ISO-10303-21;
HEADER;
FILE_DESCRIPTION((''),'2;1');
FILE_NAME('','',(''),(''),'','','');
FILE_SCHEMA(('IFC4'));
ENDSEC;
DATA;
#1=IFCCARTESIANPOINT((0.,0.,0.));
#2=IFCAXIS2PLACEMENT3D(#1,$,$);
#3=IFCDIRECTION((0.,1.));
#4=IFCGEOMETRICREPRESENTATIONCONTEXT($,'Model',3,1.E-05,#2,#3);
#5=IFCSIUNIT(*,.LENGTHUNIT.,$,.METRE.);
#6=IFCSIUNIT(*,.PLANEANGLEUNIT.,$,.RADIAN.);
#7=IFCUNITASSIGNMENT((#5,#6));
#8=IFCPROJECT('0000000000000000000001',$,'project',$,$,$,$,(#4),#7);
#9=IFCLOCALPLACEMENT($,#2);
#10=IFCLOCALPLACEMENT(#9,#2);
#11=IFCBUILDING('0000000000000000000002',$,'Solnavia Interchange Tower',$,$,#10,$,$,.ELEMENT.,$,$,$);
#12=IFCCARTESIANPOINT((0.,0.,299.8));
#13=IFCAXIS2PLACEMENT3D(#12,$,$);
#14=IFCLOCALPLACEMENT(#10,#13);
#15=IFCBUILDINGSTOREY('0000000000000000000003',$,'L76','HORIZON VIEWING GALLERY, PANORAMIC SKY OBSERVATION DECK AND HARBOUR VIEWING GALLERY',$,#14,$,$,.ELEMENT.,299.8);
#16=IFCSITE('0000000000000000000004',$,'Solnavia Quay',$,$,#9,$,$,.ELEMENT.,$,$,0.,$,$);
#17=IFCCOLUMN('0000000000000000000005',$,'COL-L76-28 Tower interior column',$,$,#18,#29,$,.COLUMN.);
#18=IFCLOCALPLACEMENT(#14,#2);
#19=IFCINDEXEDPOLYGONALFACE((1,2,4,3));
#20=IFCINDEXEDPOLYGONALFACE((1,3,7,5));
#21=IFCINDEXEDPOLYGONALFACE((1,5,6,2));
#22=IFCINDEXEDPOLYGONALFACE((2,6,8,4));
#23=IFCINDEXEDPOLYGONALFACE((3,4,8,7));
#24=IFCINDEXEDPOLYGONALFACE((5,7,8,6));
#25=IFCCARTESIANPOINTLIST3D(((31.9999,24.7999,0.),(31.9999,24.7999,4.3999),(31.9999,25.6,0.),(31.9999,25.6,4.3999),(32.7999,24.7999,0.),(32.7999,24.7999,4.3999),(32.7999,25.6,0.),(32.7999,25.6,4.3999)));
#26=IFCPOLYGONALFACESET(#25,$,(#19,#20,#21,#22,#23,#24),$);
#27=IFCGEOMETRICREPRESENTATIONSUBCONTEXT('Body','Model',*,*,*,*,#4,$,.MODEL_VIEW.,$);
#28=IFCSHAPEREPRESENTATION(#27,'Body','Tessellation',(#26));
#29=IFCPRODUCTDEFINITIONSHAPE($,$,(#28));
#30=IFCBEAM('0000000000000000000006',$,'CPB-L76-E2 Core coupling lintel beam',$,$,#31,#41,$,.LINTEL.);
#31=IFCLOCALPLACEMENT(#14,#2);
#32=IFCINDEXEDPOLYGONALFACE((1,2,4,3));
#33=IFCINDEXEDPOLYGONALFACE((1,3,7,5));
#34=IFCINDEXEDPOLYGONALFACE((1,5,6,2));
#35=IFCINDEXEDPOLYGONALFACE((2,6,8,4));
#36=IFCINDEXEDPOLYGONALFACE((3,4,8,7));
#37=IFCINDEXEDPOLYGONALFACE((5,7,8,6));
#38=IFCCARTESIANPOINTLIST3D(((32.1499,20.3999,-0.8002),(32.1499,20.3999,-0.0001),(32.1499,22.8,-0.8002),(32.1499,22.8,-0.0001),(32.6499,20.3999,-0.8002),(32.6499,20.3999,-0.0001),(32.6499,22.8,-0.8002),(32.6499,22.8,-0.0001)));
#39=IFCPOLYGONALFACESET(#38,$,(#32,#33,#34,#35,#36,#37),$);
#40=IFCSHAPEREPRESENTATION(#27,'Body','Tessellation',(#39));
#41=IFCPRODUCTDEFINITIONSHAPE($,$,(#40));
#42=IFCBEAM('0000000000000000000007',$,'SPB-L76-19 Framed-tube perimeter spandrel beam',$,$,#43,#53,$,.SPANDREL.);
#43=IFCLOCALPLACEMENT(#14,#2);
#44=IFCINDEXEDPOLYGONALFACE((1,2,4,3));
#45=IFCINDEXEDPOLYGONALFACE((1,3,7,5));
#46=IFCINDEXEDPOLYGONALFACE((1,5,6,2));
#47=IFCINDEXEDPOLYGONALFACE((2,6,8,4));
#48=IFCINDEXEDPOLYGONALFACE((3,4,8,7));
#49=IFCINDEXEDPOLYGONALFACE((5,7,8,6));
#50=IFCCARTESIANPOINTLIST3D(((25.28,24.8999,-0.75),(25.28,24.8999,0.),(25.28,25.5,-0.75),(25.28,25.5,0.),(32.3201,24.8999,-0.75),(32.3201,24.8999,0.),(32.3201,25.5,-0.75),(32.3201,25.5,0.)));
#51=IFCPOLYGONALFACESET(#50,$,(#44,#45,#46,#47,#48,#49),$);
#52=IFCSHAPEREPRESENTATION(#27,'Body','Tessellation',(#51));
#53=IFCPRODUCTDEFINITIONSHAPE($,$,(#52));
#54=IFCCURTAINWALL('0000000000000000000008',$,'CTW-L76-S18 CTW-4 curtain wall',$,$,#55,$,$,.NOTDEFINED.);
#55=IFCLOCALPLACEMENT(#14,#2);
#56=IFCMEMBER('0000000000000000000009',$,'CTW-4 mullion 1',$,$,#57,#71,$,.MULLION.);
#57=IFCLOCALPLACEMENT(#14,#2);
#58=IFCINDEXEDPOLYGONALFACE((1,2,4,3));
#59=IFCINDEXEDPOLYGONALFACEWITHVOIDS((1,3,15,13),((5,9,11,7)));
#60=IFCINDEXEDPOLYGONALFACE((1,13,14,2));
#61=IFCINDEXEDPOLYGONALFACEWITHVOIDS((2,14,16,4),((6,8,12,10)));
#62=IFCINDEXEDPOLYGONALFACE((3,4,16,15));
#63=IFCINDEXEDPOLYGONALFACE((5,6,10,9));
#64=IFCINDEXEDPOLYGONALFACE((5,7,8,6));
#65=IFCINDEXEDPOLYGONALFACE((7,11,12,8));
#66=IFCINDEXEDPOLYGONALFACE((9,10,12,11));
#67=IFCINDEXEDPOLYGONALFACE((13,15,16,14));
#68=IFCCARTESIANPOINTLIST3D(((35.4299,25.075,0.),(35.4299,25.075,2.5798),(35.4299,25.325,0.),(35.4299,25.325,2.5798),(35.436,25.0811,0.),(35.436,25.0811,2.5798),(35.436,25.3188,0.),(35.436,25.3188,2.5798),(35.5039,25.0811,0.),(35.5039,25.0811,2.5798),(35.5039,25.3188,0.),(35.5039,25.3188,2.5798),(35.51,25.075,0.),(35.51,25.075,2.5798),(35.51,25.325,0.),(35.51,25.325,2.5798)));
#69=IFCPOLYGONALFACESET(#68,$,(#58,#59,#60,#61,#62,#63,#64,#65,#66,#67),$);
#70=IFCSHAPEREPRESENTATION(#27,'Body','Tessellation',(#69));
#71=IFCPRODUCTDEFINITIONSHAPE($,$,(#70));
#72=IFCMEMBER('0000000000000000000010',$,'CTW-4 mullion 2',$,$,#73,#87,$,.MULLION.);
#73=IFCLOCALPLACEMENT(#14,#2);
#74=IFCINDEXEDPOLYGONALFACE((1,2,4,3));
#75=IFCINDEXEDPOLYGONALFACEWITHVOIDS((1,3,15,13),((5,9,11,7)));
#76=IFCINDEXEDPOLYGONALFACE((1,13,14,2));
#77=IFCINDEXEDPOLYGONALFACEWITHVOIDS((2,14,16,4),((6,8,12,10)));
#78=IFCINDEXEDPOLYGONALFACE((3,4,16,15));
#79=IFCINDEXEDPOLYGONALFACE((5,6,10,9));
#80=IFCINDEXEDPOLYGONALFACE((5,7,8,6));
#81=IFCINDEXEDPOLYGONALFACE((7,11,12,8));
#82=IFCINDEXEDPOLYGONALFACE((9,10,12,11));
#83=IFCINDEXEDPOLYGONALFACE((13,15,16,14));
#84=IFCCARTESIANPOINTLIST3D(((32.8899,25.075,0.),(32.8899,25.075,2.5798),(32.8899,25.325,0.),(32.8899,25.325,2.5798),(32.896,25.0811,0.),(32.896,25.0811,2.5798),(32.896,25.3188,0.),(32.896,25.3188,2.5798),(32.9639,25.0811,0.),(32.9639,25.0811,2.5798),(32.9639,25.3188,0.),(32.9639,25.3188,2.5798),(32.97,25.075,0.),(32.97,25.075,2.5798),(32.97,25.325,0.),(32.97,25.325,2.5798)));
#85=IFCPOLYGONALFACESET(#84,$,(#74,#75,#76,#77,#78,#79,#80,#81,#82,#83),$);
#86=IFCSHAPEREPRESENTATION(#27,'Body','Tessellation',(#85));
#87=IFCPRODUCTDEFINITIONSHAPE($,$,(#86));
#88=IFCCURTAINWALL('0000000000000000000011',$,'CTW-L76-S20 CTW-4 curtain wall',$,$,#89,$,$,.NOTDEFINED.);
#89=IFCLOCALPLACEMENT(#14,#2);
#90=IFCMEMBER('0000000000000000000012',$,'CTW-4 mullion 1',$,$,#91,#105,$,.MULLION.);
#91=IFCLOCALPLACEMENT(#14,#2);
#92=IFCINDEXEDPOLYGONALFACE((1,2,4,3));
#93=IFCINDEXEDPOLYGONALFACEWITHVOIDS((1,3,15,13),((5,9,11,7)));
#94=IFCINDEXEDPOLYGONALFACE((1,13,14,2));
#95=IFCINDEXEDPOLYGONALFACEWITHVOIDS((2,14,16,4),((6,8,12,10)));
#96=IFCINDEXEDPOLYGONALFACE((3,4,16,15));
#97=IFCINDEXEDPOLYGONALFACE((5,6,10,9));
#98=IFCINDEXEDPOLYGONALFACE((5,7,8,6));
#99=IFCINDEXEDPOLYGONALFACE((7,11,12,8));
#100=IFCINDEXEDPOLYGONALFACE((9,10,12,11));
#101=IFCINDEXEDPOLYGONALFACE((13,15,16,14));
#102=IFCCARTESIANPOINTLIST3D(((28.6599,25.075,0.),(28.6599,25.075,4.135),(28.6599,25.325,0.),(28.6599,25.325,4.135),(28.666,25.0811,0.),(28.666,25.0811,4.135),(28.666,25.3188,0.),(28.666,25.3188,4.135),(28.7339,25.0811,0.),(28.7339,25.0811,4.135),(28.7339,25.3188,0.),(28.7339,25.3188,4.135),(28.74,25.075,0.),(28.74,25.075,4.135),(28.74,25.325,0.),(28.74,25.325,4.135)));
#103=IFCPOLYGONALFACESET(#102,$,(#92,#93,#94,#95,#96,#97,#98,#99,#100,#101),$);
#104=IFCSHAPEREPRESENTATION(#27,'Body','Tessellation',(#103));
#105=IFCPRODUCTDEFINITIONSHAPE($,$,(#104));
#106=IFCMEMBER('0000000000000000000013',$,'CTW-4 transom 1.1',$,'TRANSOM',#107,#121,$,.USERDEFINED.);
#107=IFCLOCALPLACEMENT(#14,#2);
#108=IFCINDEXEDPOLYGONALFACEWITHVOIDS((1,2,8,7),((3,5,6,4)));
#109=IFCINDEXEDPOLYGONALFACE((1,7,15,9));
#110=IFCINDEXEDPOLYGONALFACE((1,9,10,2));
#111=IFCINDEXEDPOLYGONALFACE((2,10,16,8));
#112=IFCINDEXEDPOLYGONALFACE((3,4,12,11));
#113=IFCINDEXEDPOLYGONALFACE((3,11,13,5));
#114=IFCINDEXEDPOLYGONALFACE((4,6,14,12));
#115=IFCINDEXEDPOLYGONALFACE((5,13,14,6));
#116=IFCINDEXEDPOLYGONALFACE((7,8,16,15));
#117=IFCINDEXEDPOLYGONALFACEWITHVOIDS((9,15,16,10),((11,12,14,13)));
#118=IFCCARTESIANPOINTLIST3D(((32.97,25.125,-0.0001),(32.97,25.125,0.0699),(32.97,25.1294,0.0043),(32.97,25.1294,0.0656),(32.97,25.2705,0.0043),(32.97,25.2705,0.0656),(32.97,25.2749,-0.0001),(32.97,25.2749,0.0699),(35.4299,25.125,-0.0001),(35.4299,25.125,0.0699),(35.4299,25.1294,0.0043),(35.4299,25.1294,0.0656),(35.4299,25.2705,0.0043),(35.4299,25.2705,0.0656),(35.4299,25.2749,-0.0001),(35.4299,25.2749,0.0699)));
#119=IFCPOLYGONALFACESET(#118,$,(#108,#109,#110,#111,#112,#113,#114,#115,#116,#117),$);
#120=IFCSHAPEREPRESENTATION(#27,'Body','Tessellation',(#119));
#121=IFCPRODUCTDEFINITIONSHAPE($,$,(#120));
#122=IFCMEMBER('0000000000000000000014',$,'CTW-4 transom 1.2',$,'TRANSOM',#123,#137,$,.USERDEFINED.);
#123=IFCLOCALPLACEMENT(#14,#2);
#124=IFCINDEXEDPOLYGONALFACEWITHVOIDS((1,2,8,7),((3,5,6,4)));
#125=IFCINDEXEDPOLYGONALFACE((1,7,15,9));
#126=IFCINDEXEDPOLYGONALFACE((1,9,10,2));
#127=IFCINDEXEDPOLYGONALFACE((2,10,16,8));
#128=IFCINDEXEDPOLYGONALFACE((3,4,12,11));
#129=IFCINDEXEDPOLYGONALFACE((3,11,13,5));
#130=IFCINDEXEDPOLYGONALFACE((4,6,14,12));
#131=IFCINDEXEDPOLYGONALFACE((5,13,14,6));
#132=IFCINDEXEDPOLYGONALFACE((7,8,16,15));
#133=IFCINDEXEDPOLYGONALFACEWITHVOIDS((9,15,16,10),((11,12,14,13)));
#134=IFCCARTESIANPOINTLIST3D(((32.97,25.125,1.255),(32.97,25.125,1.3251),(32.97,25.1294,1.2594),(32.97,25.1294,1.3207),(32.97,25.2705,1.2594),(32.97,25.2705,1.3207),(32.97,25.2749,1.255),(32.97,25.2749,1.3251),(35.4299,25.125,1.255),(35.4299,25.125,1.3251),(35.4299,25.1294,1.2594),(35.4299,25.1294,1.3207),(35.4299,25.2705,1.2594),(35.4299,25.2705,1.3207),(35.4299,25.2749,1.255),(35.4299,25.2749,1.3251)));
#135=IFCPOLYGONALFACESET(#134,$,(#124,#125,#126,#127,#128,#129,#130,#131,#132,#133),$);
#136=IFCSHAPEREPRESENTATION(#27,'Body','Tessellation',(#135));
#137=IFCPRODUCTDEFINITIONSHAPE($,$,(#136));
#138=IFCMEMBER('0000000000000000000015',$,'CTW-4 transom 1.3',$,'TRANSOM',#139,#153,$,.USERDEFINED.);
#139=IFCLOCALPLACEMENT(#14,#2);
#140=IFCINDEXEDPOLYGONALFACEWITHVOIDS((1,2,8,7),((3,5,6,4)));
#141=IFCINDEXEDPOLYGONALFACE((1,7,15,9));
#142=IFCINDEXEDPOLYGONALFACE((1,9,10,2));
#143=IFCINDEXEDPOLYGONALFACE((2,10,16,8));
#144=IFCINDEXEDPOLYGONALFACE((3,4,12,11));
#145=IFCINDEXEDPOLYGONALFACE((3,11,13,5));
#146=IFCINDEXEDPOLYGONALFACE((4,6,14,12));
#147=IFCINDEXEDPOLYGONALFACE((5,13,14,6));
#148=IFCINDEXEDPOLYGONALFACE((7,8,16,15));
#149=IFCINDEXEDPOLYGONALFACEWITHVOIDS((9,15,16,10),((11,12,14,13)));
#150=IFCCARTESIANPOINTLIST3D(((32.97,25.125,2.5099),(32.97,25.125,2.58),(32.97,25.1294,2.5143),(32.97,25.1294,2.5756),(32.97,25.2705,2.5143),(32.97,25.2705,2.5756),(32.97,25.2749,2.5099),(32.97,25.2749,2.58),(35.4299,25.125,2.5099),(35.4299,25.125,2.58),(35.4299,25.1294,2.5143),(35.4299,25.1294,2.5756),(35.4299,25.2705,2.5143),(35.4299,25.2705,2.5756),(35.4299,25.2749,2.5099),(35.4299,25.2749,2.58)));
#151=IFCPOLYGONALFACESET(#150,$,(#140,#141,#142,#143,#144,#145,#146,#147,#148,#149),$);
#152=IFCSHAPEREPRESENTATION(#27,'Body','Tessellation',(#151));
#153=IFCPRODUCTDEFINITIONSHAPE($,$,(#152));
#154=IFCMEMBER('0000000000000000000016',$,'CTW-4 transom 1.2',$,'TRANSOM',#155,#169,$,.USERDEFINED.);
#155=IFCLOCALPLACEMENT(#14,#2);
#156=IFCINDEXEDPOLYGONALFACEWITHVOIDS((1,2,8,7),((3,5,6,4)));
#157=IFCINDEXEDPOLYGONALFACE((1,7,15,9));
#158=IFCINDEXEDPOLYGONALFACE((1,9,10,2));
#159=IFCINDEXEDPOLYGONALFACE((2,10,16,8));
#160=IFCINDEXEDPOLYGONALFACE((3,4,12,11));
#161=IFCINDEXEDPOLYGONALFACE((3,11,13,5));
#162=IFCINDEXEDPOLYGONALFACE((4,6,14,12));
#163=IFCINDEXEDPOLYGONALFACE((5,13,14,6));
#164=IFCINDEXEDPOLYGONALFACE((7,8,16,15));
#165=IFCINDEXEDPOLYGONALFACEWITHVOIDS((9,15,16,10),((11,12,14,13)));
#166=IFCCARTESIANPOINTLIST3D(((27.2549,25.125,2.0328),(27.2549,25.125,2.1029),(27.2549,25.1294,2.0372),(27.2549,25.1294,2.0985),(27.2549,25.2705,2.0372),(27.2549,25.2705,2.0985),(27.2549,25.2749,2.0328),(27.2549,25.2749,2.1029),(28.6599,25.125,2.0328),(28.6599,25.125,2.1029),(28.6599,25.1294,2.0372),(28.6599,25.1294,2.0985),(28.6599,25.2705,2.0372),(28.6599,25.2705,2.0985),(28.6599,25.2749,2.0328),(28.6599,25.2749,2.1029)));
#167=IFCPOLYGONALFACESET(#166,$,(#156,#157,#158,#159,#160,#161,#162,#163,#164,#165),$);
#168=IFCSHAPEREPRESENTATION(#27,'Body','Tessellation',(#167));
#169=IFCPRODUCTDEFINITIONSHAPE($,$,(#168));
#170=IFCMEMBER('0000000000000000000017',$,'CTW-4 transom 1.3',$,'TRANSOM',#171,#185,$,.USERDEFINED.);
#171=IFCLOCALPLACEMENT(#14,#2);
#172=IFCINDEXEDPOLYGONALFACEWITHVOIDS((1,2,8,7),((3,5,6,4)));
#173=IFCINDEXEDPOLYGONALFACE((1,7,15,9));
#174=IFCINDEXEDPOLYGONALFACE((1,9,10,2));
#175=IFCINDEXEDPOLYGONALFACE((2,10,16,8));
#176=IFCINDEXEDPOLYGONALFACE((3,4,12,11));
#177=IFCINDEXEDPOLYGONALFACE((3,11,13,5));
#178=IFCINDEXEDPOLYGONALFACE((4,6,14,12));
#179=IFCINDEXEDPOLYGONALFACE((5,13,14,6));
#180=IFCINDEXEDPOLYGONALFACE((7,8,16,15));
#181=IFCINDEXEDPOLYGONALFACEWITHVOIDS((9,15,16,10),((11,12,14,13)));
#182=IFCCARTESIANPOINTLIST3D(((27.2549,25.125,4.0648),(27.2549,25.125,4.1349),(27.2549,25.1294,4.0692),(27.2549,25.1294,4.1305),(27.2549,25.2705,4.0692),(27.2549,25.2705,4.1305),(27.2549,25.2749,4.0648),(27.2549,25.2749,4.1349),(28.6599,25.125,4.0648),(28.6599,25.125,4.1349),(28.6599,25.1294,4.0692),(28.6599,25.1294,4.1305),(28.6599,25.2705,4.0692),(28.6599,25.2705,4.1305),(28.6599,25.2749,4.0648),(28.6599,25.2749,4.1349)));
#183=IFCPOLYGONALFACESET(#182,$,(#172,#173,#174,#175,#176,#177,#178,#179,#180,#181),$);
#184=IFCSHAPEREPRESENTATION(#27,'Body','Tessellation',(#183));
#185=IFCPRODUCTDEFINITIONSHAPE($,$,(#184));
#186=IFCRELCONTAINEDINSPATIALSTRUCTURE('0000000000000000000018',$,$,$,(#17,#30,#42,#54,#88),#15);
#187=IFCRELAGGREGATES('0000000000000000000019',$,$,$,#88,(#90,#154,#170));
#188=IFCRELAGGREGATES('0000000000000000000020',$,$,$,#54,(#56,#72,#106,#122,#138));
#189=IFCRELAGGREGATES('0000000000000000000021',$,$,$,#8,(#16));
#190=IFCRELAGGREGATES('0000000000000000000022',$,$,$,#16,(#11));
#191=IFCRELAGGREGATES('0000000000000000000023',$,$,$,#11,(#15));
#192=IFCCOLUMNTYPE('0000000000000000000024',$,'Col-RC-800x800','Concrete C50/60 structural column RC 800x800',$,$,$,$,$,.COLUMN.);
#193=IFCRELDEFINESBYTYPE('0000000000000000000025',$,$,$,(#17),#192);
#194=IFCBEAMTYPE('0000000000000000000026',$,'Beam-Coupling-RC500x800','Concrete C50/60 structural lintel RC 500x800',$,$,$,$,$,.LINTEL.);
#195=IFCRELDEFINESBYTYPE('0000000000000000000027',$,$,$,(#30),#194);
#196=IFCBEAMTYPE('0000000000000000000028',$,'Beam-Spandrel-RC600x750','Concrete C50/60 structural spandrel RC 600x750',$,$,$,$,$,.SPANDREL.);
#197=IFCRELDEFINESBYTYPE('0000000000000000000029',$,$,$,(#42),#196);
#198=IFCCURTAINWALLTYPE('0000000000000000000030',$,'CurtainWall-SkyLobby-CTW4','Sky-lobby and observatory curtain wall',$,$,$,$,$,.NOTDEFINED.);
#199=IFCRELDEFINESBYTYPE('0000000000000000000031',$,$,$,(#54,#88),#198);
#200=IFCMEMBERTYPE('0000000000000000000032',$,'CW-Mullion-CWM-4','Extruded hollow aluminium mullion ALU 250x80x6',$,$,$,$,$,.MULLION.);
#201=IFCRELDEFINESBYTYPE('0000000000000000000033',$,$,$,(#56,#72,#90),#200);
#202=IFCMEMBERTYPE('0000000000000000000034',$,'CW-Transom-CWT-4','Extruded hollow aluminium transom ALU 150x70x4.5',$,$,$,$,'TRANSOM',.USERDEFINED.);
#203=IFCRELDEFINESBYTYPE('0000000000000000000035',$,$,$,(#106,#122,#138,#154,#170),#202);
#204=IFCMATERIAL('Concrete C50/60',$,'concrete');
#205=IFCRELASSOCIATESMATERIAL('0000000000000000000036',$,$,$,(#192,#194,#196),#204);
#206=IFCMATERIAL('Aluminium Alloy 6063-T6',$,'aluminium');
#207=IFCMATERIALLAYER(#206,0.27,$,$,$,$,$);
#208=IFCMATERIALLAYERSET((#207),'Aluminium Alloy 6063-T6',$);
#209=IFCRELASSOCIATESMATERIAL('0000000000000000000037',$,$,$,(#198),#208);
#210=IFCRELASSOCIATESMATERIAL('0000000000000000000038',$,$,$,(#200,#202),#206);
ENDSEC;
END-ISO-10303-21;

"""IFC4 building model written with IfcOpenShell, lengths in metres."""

from ifc_helpers import new_model, si_unit, direction, frame, origin, origin_2d, place, context, subcontext, project, spatial, rectangle, hollow_rectangle, extrude, material, layer, layer_set, material_profile, profile_set, type_object, element, aggregate, save


model = new_model("IFC4")

# Units and contexts
model_context = context("Model", 3, precision=1e-05, world=origin(), true_north=direction((0.0, 1.0)))
body_context = subcontext(model_context, "Body", "Model", "MODEL_VIEW")
ifc_project = project(units=[si_unit("LENGTHUNIT", "METRE"), si_unit("PLANEANGLEUNIT", "RADIAN")], contexts=[model_context])

# Site, building, storey
site_placement = place(None, origin())
site = spatial("IfcSite", under=ifc_project, at=site_placement, Name="Solnavia Quay", CompositionType="ELEMENT", RefElevation=0.0)
building_placement = place(site_placement, origin())
building = spatial("IfcBuilding", under=site, at=building_placement, Name="Solnavia Interchange Tower", CompositionType="ELEMENT")
storey_placement = place(building_placement, frame((0.0, 0.0, 299.8)))
storey = spatial("IfcBuildingStorey", under=building, at=storey_placement, Name="L76", Description="HORIZON VIEWING GALLERY, PANORAMIC SKY OBSERVATION DECK AND HARBOUR VIEWING GALLERY", CompositionType="ELEMENT", Elevation=299.8)

# Column
ifc_material_1 = material(Name="Concrete C50/60", Category="concrete")
ifc_material_profile_1 = material_profile(ifc_material_1, rectangle(XDim=0.8, YDim=0.8, at=origin_2d()), Name="RC 800x800")
ifc_profile_set_1 = profile_set([ifc_material_profile_1], Name="Concrete C50/60")
column_type = type_object("IfcColumnType", Name="Col-RC-800x800", Description="Concrete C50/60 structural column RC 800x800", PredefinedType="COLUMN", material=ifc_profile_set_1)
column_placement = place(storey_placement, frame((32.3999, 25.2, 0.0), z_axis=(0.0, 0.0, 1.0), x_axis=(1.0, 0.0, 0.0)))
element("IfcColumn", 1, at=column_placement, inside=storey, type_object=column_type, Name="COL-L76-28 Tower interior column", PredefinedType="COLUMN", context=body_context, shape_type="SweptSolid", body=[
    extrude(rectangle(XDim=0.8, YDim=0.8, at=origin_2d()), origin(), (0.0, 0.0, 1.0), 4.3999),
])

# Beams
ifc_material_profile_2 = material_profile(ifc_material_1, rectangle(XDim=0.5, YDim=0.8, at=origin_2d()), Name="RC 500x800")
ifc_profile_set_2 = profile_set([ifc_material_profile_2], Name="Concrete C50/60")
beam_type_1 = type_object("IfcBeamType", Name="Beam-Coupling-RC500x800", Description="Concrete C50/60 structural lintel RC 500x800", PredefinedType="LINTEL", material=ifc_profile_set_2)
beam_1_placement = place(storey_placement, frame((32.3999, 20.3999, -0.4001), z_axis=(0.0, 1.0, 0.0), x_axis=(-1.0, 0.0, 0.0)))
element("IfcBeam", 2, at=beam_1_placement, inside=storey, type_object=beam_type_1, Name="CPB-L76-E2 Core coupling lintel beam", PredefinedType="LINTEL", context=body_context, shape_type="SweptSolid", body=[
    extrude(rectangle(XDim=0.5, YDim=0.8, at=origin_2d()), origin(), (0.0, 0.0, 1.0), 2.4001),
])
ifc_material_profile_3 = material_profile(ifc_material_1, rectangle(XDim=0.6001, YDim=0.75, at=origin_2d()), Name="RC 600x750")
ifc_profile_set_3 = profile_set([ifc_material_profile_3], Name="Concrete C50/60")
beam_type_2 = type_object("IfcBeamType", Name="Beam-Spandrel-RC600x750", Description="Concrete C50/60 structural spandrel RC 600x750", PredefinedType="SPANDREL", material=ifc_profile_set_3)
beam_2_placement = place(storey_placement, frame((32.3201, 25.2, -0.375), z_axis=(-1.0, 0.0, 0.0), x_axis=(0.0, -1.0, 0.0)))
element("IfcBeam", 3, at=beam_2_placement, inside=storey, type_object=beam_type_2, Name="SPB-L76-19 Framed-tube perimeter spandrel beam", PredefinedType="SPANDREL", context=body_context, shape_type="SweptSolid", body=[
    extrude(rectangle(XDim=0.6001, YDim=0.75, at=origin_2d()), origin(), (0.0, 0.0, 1.0), 7.04),
])

# Curtain wall, members
ifc_material_2 = material(Name="Aluminium Alloy 6063-T6", Category="aluminium")
ifc_layer_1 = layer(ifc_material_2, 0.27)
ifc_layer_set_1 = layer_set([ifc_layer_1], Name="Aluminium Alloy 6063-T6")
curtain_wall_type = type_object("IfcCurtainWallType", Name="CurtainWall-SkyLobby-CTW4", Description="Sky-lobby and observatory curtain wall", PredefinedType="NOTDEFINED", material=ifc_layer_set_1)
curtain_wall_1_placement = place(storey_placement, origin())
curtain_wall_1 = element("IfcCurtainWall", 4, at=curtain_wall_1_placement, inside=storey, type_object=curtain_wall_type, Name="CTW-L76-S18 CTW-4 curtain wall", PredefinedType="NOTDEFINED")
ifc_material_profile_4 = material_profile(ifc_material_2, hollow_rectangle(XDim=0.0801, YDim=0.25, WallThickness=0.0061, at=origin_2d()), Name="ALU 250x80x6")
ifc_profile_set_4 = profile_set([ifc_material_profile_4], Name="Aluminium Alloy 6063-T6")
member_type_1 = type_object("IfcMemberType", Name="CW-Mullion-CWM-4", Description="Extruded hollow aluminium mullion ALU 250x80x6", PredefinedType="MULLION", material=ifc_profile_set_4)
member_1_placement = place(storey_placement, frame((35.47, 25.2, 0.0), z_axis=(0.0, 0.0, 1.0), x_axis=(-1.0, 0.0, 0.0)))
member_1 = element("IfcMember", 5, at=member_1_placement, type_object=member_type_1, Name="CTW-4 mullion 1", PredefinedType="MULLION", context=body_context, shape_type="SweptSolid", body=[
    extrude(hollow_rectangle(XDim=0.0801, YDim=0.25, WallThickness=0.0061, at=origin_2d()), origin(), (0.0, 0.0, 1.0), 2.5798),
])
member_2_placement = place(storey_placement, frame((32.9299, 25.2, 0.0), z_axis=(0.0, 0.0, 1.0), x_axis=(-1.0, 0.0, 0.0)))
member_2 = element("IfcMember", 6, at=member_2_placement, type_object=member_type_1, Name="CTW-4 mullion 2", PredefinedType="MULLION", context=body_context, shape_type="SweptSolid", body=[
    extrude(hollow_rectangle(XDim=0.0801, YDim=0.25, WallThickness=0.0061, at=origin_2d()), origin(), (0.0, 0.0, 1.0), 2.5798),
])

# Curtain wall, member
curtain_wall_2_placement = place(storey_placement, origin())
curtain_wall_2 = element("IfcCurtainWall", 7, at=curtain_wall_2_placement, inside=storey, type_object=curtain_wall_type, Name="CTW-L76-S20 CTW-4 curtain wall", PredefinedType="NOTDEFINED")
member_3_placement = place(storey_placement, frame((28.7, 25.2, 0.0), z_axis=(0.0, 0.0, 1.0), x_axis=(-1.0, 0.0, 0.0)))
member_3 = element("IfcMember", 8, at=member_3_placement, type_object=member_type_1, Name="CTW-4 mullion 1", PredefinedType="MULLION", context=body_context, shape_type="SweptSolid", body=[
    extrude(hollow_rectangle(XDim=0.0801, YDim=0.25, WallThickness=0.0061, at=origin_2d()), origin(), (0.0, 0.0, 1.0), 4.135),
])

# Members
ifc_material_profile_5 = material_profile(ifc_material_2, hollow_rectangle(XDim=0.0701, YDim=0.1499, WallThickness=0.0044, at=origin_2d()), Name="ALU 150x70x4.5")
ifc_profile_set_5 = profile_set([ifc_material_profile_5], Name="Aluminium Alloy 6063-T6")
member_type_2 = type_object("IfcMemberType", Name="CW-Transom-CWT-4", Description="Extruded hollow aluminium transom ALU 150x70x4.5", ElementType="TRANSOM", PredefinedType="USERDEFINED", material=ifc_profile_set_5)
member_4_placement = place(storey_placement, frame((35.4299, 25.2, 0.0349), z_axis=(-1.0, 0.0, 0.0), x_axis=(0.0, 0.0, 1.0)))
member_4 = element("IfcMember", 9, at=member_4_placement, type_object=member_type_2, Name="CTW-4 transom 1.1", ObjectType="TRANSOM", PredefinedType="USERDEFINED", context=body_context, shape_type="SweptSolid", body=[
    extrude(hollow_rectangle(XDim=0.0701, YDim=0.1499, WallThickness=0.0044, at=origin_2d()), origin(), (0.0, 0.0, 1.0), 2.46),
])
member_5_placement = place(storey_placement, frame((35.4299, 25.2, 1.29), z_axis=(-1.0, 0.0, 0.0), x_axis=(0.0, 0.0, 1.0)))
member_5 = element("IfcMember", 10, at=member_5_placement, type_object=member_type_2, Name="CTW-4 transom 1.2", ObjectType="TRANSOM", PredefinedType="USERDEFINED", context=body_context, shape_type="SweptSolid", body=[
    extrude(hollow_rectangle(XDim=0.0701, YDim=0.1499, WallThickness=0.0044, at=origin_2d()), origin(), (0.0, 0.0, 1.0), 2.46),
])
member_6_placement = place(storey_placement, frame((35.4299, 25.2, 2.5449), z_axis=(-1.0, 0.0, 0.0), x_axis=(0.0, 0.0, 1.0)))
member_6 = element("IfcMember", 11, at=member_6_placement, type_object=member_type_2, Name="CTW-4 transom 1.3", ObjectType="TRANSOM", PredefinedType="USERDEFINED", context=body_context, shape_type="SweptSolid", body=[
    extrude(hollow_rectangle(XDim=0.0701, YDim=0.1499, WallThickness=0.0044, at=origin_2d()), origin(), (0.0, 0.0, 1.0), 2.46),
])
member_7_placement = place(storey_placement, frame((28.6599, 25.2, 2.0679), z_axis=(-1.0, 0.0, 0.0), x_axis=(0.0, 0.0, 1.0)))
member_7 = element("IfcMember", 12, at=member_7_placement, type_object=member_type_2, Name="CTW-4 transom 1.2", ObjectType="TRANSOM", PredefinedType="USERDEFINED", context=body_context, shape_type="SweptSolid", body=[
    extrude(hollow_rectangle(XDim=0.0701, YDim=0.1499, WallThickness=0.0044, at=origin_2d()), origin(), (0.0, 0.0, 1.0), 1.405),
])
member_8_placement = place(storey_placement, frame((28.6599, 25.2, 4.0999), z_axis=(-1.0, 0.0, 0.0), x_axis=(0.0, 0.0, 1.0)))
member_8 = element("IfcMember", 13, at=member_8_placement, type_object=member_type_2, Name="CTW-4 transom 1.3", ObjectType="TRANSOM", PredefinedType="USERDEFINED", context=body_context, shape_type="SweptSolid", body=[
    extrude(hollow_rectangle(XDim=0.0701, YDim=0.1499, WallThickness=0.0044, at=origin_2d()), origin(), (0.0, 0.0, 1.0), 1.405),
])
aggregate(curtain_wall_2, [member_3, member_7, member_8])

aggregate(curtain_wall_1, [member_1, member_2, member_4, member_5, member_6])

save(model, "model.ifc")
